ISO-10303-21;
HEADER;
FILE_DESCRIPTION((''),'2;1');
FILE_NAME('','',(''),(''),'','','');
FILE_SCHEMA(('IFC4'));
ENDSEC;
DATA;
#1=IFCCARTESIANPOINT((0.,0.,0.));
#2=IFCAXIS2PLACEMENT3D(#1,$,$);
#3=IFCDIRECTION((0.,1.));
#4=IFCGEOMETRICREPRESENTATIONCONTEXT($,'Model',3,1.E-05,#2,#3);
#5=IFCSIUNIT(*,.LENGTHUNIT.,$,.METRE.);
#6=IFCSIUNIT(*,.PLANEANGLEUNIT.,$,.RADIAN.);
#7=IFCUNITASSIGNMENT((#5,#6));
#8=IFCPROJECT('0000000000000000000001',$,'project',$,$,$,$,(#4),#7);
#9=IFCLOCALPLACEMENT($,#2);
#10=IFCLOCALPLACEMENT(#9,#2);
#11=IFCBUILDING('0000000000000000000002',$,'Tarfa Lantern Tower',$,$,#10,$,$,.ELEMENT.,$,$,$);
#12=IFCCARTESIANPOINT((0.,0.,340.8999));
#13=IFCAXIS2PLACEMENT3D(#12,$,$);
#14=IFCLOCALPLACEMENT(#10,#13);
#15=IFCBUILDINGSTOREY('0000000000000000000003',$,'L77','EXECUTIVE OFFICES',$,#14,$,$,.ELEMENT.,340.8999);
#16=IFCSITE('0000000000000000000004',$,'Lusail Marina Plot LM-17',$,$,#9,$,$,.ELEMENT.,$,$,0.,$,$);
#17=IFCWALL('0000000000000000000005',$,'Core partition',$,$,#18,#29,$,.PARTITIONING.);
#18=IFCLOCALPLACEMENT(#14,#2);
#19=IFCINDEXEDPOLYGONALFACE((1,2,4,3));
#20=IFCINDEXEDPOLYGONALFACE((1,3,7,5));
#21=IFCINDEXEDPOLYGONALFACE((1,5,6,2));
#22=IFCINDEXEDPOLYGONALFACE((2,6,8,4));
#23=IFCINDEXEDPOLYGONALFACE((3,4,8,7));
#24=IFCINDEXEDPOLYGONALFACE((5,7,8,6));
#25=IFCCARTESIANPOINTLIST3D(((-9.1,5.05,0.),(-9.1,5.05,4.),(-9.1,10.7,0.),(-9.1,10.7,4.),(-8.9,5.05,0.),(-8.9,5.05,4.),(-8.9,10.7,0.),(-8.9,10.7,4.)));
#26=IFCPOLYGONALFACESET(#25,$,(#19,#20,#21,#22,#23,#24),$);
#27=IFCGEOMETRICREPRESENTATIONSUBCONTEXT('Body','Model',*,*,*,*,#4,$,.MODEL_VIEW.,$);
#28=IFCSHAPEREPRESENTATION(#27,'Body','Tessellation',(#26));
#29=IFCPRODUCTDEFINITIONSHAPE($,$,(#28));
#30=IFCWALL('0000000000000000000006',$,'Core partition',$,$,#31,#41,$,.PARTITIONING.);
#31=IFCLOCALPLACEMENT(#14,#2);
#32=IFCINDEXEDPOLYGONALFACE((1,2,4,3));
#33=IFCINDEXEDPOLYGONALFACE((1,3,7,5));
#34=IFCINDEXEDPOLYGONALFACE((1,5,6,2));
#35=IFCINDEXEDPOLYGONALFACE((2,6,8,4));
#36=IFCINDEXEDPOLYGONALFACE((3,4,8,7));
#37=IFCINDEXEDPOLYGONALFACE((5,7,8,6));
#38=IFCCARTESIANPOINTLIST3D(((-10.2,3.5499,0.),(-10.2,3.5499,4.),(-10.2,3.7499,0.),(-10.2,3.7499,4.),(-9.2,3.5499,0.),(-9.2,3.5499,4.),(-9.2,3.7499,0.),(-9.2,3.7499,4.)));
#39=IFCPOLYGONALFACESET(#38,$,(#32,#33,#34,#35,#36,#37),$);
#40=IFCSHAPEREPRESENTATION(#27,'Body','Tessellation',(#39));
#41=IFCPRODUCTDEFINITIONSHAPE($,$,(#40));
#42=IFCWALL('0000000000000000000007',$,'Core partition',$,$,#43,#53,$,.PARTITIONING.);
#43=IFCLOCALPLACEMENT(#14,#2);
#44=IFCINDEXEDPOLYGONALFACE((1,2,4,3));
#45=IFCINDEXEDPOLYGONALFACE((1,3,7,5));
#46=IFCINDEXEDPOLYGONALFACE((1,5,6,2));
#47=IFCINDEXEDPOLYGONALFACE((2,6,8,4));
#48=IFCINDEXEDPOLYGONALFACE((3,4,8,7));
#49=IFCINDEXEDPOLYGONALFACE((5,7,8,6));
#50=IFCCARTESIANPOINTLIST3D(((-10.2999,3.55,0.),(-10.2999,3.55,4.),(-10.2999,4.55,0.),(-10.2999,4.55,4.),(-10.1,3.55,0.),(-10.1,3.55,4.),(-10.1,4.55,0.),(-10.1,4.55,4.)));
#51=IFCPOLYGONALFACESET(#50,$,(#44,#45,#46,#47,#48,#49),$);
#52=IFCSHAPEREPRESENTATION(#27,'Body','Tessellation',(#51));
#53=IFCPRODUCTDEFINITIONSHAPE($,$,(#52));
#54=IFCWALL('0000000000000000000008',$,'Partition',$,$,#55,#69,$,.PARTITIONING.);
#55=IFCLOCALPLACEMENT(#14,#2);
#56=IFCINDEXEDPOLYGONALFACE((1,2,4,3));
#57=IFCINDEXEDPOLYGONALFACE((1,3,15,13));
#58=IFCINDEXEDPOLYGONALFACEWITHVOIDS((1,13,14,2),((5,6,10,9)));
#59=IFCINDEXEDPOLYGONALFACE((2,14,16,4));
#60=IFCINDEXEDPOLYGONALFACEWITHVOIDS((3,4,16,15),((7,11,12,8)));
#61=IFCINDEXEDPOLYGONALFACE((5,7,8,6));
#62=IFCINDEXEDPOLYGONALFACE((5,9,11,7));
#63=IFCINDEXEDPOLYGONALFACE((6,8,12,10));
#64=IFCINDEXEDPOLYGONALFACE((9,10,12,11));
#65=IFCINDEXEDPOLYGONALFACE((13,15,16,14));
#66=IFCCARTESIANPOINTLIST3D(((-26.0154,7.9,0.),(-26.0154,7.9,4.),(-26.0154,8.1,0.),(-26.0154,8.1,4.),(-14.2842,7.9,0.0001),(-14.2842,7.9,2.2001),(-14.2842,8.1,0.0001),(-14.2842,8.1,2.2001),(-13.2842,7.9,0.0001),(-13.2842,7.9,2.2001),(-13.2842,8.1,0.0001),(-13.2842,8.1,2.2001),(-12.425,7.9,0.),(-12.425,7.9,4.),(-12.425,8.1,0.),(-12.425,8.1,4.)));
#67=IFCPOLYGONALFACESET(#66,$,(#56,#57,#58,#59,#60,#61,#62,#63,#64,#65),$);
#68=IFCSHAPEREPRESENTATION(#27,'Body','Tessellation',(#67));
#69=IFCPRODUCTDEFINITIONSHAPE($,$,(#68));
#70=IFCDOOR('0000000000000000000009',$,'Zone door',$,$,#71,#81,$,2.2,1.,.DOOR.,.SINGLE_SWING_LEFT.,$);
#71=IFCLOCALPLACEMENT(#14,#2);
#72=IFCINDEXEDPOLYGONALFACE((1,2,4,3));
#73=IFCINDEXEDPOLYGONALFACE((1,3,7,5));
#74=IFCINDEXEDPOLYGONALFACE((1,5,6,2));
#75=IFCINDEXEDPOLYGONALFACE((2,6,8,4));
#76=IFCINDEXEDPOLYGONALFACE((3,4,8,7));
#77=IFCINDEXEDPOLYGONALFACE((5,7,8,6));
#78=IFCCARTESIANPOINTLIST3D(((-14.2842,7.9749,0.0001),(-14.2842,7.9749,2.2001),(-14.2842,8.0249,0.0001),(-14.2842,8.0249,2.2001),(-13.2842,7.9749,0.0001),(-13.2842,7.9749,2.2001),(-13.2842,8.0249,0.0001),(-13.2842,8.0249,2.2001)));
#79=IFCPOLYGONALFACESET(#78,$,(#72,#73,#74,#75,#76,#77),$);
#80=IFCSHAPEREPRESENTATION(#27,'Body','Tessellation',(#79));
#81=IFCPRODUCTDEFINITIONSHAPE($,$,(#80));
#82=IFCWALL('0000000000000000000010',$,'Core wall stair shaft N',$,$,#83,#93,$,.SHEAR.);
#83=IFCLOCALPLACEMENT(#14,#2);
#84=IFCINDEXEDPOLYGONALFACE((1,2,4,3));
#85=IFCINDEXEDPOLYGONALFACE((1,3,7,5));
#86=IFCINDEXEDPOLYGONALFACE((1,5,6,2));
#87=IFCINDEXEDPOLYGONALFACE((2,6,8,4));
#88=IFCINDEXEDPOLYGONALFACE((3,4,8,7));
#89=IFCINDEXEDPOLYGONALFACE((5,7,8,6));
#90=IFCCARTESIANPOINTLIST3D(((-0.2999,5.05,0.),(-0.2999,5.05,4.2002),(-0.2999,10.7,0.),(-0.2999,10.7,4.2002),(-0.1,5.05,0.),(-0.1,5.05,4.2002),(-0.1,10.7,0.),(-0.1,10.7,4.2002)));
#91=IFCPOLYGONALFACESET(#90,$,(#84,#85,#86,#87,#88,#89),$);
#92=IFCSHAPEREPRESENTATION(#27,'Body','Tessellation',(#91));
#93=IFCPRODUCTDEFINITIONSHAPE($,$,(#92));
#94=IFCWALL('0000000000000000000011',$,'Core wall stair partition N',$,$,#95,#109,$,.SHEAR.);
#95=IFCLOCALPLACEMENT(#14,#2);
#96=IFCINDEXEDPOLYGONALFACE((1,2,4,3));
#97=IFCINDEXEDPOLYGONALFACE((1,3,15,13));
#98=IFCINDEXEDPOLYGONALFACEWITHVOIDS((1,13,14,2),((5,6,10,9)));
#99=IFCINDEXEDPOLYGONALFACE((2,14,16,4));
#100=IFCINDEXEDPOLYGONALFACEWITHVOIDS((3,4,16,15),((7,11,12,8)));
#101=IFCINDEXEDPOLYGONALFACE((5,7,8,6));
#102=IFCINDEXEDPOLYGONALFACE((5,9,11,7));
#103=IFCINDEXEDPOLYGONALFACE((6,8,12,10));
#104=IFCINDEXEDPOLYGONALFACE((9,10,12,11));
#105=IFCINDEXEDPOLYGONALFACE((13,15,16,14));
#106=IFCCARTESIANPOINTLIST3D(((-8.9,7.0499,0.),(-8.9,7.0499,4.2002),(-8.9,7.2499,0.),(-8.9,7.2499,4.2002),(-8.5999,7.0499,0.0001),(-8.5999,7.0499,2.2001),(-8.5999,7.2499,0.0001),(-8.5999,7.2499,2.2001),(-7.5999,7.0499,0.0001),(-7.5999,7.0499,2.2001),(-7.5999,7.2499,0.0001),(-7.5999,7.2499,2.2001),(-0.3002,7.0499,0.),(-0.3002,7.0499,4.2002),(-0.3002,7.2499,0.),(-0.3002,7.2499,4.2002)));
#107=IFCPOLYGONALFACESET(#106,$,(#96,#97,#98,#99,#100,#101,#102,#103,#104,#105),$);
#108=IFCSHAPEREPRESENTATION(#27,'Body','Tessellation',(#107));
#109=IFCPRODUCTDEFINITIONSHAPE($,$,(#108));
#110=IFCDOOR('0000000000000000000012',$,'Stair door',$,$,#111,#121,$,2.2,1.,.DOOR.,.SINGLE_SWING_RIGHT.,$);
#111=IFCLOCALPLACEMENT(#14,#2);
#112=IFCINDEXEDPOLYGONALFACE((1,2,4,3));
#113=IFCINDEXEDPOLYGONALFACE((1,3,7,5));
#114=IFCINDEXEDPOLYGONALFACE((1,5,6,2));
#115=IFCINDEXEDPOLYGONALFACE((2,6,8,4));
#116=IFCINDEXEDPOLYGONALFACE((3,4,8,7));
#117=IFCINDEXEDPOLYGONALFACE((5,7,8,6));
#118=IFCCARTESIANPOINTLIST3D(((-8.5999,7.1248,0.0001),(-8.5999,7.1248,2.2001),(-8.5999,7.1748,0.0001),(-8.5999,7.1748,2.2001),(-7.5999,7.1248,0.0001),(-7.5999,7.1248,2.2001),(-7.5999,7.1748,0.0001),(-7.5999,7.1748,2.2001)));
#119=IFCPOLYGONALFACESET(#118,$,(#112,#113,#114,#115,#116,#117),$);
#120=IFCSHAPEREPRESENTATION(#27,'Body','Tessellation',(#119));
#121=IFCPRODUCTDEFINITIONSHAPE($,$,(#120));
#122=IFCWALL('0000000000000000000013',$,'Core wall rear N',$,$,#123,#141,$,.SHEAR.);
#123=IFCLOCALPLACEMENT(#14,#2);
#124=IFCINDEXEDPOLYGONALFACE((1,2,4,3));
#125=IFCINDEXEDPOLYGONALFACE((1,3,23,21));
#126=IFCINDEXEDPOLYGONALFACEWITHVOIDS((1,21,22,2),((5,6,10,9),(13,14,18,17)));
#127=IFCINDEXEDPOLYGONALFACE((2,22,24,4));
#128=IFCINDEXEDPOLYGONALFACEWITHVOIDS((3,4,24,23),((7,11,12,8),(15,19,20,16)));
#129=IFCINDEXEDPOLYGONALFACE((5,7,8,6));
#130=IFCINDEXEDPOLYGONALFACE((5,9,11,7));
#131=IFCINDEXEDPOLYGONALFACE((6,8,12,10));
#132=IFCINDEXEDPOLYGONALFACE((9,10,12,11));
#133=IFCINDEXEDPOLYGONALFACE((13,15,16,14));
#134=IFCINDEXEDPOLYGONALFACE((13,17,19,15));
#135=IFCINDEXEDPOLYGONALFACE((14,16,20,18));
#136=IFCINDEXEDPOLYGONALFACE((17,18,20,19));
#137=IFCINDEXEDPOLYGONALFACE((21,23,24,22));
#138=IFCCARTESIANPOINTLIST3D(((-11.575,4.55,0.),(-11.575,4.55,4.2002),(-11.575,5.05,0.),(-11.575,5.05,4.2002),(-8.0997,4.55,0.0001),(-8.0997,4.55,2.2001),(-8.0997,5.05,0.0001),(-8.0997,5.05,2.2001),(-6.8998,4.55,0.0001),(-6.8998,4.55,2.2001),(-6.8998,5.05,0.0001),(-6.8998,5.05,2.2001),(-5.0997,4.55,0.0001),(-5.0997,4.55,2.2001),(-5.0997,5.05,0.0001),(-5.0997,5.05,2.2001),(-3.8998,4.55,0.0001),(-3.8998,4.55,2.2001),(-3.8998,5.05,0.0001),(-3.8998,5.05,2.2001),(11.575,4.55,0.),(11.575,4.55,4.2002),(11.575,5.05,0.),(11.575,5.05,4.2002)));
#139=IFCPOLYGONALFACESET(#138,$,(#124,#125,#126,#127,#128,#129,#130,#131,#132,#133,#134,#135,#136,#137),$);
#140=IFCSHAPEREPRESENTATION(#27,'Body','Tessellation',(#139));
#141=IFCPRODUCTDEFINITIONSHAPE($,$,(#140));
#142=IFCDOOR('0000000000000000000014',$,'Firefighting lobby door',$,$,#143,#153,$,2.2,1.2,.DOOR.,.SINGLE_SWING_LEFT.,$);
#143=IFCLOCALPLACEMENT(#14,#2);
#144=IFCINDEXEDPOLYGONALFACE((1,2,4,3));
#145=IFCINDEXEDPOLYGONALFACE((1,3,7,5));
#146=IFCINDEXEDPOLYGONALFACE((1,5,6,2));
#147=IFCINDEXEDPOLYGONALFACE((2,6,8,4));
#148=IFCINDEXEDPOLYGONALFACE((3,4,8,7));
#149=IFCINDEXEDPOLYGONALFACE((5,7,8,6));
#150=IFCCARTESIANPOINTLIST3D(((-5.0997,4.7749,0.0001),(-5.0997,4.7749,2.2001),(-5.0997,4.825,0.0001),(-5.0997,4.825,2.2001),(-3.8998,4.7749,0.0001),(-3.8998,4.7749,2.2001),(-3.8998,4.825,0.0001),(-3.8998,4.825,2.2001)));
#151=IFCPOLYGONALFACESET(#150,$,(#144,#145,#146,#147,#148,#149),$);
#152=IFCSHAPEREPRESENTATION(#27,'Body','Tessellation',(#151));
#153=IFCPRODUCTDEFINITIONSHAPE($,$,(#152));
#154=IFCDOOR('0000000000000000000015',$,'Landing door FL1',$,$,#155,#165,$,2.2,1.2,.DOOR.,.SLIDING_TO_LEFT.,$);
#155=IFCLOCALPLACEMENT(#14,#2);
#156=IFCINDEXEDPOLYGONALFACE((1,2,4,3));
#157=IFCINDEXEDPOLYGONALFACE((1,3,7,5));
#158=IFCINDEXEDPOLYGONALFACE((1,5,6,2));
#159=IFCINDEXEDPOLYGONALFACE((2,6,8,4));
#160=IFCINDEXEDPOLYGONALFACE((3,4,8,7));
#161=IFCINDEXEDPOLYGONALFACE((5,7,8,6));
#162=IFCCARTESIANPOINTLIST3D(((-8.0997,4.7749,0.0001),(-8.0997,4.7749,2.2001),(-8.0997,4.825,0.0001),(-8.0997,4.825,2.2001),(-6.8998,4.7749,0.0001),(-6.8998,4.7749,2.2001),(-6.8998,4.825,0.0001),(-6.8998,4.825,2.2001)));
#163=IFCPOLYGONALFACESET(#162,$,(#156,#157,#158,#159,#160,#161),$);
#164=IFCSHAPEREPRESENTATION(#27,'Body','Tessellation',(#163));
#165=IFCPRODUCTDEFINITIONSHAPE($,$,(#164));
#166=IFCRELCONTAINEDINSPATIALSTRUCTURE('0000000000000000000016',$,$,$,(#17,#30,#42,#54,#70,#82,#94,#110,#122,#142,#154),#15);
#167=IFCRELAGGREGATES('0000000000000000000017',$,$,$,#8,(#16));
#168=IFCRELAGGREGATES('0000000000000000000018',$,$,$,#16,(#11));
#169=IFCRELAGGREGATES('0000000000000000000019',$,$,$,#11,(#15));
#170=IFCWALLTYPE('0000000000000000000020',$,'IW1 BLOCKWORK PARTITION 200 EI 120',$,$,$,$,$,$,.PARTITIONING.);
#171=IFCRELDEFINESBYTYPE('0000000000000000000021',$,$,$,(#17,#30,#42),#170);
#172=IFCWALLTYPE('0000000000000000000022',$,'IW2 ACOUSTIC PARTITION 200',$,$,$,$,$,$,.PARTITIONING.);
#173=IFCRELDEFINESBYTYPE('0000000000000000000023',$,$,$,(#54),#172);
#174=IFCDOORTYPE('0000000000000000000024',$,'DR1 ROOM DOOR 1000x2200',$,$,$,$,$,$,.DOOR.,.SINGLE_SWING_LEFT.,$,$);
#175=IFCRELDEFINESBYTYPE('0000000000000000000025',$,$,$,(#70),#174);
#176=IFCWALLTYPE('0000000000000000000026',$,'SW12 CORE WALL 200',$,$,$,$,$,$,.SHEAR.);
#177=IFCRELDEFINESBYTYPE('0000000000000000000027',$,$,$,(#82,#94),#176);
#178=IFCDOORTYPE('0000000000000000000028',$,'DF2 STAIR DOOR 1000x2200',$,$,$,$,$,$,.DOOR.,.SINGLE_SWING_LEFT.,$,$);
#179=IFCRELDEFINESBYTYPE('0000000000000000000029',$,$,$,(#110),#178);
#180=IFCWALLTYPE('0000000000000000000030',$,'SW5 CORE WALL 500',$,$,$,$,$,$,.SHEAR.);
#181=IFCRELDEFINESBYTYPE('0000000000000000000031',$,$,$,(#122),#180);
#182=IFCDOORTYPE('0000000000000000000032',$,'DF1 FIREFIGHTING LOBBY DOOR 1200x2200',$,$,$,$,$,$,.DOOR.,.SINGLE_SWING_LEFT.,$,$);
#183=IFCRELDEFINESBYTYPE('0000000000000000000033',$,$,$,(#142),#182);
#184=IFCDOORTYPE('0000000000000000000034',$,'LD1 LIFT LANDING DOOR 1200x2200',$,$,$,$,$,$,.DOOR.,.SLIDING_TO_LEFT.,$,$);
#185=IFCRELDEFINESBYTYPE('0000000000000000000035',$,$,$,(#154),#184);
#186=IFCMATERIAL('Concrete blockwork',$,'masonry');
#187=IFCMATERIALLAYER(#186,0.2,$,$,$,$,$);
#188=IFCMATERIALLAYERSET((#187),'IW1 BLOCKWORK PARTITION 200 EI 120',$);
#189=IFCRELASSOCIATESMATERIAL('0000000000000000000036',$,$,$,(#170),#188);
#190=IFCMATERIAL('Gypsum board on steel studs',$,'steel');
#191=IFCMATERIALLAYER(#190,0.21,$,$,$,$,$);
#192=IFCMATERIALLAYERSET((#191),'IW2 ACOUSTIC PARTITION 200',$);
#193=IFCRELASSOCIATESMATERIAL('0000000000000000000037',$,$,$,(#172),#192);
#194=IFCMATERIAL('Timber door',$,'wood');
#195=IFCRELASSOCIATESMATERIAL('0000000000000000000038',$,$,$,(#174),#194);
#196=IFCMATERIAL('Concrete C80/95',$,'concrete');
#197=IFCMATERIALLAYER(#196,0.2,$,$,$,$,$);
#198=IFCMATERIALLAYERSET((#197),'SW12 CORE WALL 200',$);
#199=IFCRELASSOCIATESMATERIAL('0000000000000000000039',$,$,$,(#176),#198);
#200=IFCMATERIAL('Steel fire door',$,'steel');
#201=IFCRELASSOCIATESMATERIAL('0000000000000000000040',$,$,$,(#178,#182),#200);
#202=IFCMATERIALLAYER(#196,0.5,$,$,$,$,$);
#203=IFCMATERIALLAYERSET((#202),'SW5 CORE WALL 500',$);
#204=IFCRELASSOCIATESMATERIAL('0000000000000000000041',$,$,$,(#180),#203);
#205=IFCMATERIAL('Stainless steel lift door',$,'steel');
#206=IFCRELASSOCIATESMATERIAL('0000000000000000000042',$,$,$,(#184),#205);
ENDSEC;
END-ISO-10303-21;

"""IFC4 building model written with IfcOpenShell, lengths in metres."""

from ifc_helpers import new_model, si_unit, direction, frame, frame_2d, origin, place, context, subcontext, project, spatial, rectangle, extrude, material, layer, layer_set, type_object, element, fill, save


model = new_model("IFC4")

# Units and contexts
model_context = context("Model", 3, precision=1e-05, world=origin(), true_north=direction((0.0, 1.0)))
body_context = subcontext(model_context, "Body", "Model", "MODEL_VIEW")
ifc_project = project(units=[si_unit("LENGTHUNIT", "METRE"), si_unit("PLANEANGLEUNIT", "RADIAN")], contexts=[model_context])

# Site, building, storey
site_placement = place(None, origin())
site = spatial("IfcSite", under=ifc_project, at=site_placement, Name="Lusail Marina Plot LM-17", CompositionType="ELEMENT", RefElevation=0.0)
building_placement = place(site_placement, origin())
building = spatial("IfcBuilding", under=site, at=building_placement, Name="Tarfa Lantern Tower", CompositionType="ELEMENT")
storey_placement = place(building_placement, frame((0.0, 0.0, 340.8999)))
storey = spatial("IfcBuildingStorey", under=building, at=storey_placement, Name="L77", Description="EXECUTIVE OFFICES", CompositionType="ELEMENT", Elevation=340.8999)

# Walls
ifc_material_1 = material(Name="Concrete blockwork", Category="masonry")
ifc_layer_1 = layer(ifc_material_1, 0.2)
ifc_layer_set_1 = layer_set([ifc_layer_1], Name="IW1 BLOCKWORK PARTITION 200 EI 120")
wall_type_1 = type_object("IfcWallType", Name="IW1 BLOCKWORK PARTITION 200 EI 120", PredefinedType="PARTITIONING", material=ifc_layer_set_1)
wall_1_placement = place(storey_placement, frame((-9.0, 5.05, 0.0), z_axis=(0.0, 0.0, 1.0), x_axis=(0.0, 1.0, 0.0)))
element("IfcWall", 1, at=wall_1_placement, inside=storey, type_object=wall_type_1, Name="Core partition", PredefinedType="PARTITIONING", context=body_context, shape_type="SweptSolid", body=[
    extrude(rectangle(XDim=5.6499, YDim=0.2, at=frame_2d((2.825, 0.0))), origin(), (0.0, 0.0, 1.0), 4.0),
])
for number, where, z_axis, x_axis, name in (
    (2, (-10.2, 3.6499, 0.0), (0.0, 0.0, 1.0), (1.0, 0.0, 0.0), "Core partition"),
    (3, (-10.2, 3.55, 0.0), (0.0, 0.0, 1.0), (0.0, 1.0, 0.0), "Core partition"),
):
    element("IfcWall", number, at=place(storey_placement, frame(where, z_axis=z_axis, x_axis=x_axis)), inside=storey, type_object=wall_type_1, Name=name, PredefinedType="PARTITIONING", context=body_context, shape_type="SweptSolid", body=[
        extrude(rectangle(XDim=1.0, YDim=0.2, at=frame_2d((0.5, 0.0))), origin(), (0.0, 0.0, 1.0), 4.0),
    ])

# Wall, opening, door
ifc_material_2 = material(Name="Gypsum board on steel studs", Category="steel")
ifc_layer_2 = layer(ifc_material_2, 0.21)
ifc_layer_set_2 = layer_set([ifc_layer_2], Name="IW2 ACOUSTIC PARTITION 200")
wall_type_2 = type_object("IfcWallType", Name="IW2 ACOUSTIC PARTITION 200", PredefinedType="PARTITIONING", material=ifc_layer_set_2)
wall_2_placement = place(storey_placement, frame((-12.425, 8.0, 0.0), z_axis=(0.0, 0.0, 1.0), x_axis=(-1.0, 0.0, 0.0)))
wall_2 = element("IfcWall", 4, at=wall_2_placement, inside=storey, type_object=wall_type_2, Name="Partition", PredefinedType="PARTITIONING", context=body_context, shape_type="SweptSolid", body=[
    extrude(rectangle(XDim=13.5903, YDim=0.2, at=frame_2d((6.7952, 0.0))), origin(), (0.0, 0.0, 1.0), 4.0),
])
opening_1_placement = place(wall_2_placement, frame((0.8591, 0.0, 0.0)))
opening_1 = element("IfcOpeningElement", 5, at=opening_1_placement, cuts=wall_2, PredefinedType="OPENING", context=body_context, shape_type="SweptSolid", body=[
    extrude(rectangle(XDim=1.0, YDim=2.2, at=frame_2d((0.5, 1.1001))), frame((0.0, 0.1099, 0.0), z_axis=(0.0, -1.0, 0.0), x_axis=(1.0, 0.0, 0.0)), (0.0, 0.0, 1.0), 0.22),
])
ifc_material_3 = material(Name="Timber door", Category="wood")
door_type_1 = type_object("IfcDoorType", Name="DR1 ROOM DOOR 1000x2200", OperationType="SINGLE_SWING_LEFT", PredefinedType="DOOR", material=ifc_material_3)
door_1_placement = place(opening_1_placement, frame((1.0, 0.0, 0.0), z_axis=(0.0, 0.0, 1.0), x_axis=(-1.0, 0.0, 0.0)))
door_1 = element("IfcDoor", 6, at=door_1_placement, inside=storey, type_object=door_type_1, Name="Zone door", OperationType="SINGLE_SWING_LEFT", OverallHeight=2.2, OverallWidth=1.0, PredefinedType="DOOR", context=body_context, shape_type="SweptSolid", body=[
    extrude(rectangle(XDim=1.0, YDim=2.2, at=frame_2d((0.5, 1.1001))), frame((0.0, 0.0249, 0.0), z_axis=(0.0, -1.0, 0.0), x_axis=(1.0, 0.0, 0.0)), (0.0, 0.0, 1.0), 0.05),
])
fill(opening_1, door_1)

# Wall
ifc_material_4 = material(Name="Concrete C80/95", Category="concrete")
ifc_layer_3 = layer(ifc_material_4, 0.2)
ifc_layer_set_3 = layer_set([ifc_layer_3], Name="SW12 CORE WALL 200")
wall_type_3 = type_object("IfcWallType", Name="SW12 CORE WALL 200", PredefinedType="SHEAR", material=ifc_layer_set_3)
wall_3_placement = place(storey_placement, frame((-0.2, 5.05, 0.0), z_axis=(0.0, 0.0, 1.0), x_axis=(0.0, 1.0, 0.0)))
element("IfcWall", 7, at=wall_3_placement, inside=storey, type_object=wall_type_3, Name="Core wall stair shaft N", PredefinedType="SHEAR", context=body_context, shape_type="SweptSolid", body=[
    extrude(rectangle(XDim=5.6499, YDim=0.2, at=frame_2d((2.825, 0.0))), origin(), (0.0, 0.0, 1.0), 4.2002),
])

# Wall, opening, door
wall_4_placement = place(storey_placement, frame((-8.8999, 7.1499, 0.0), z_axis=(0.0, 0.0, 1.0), x_axis=(1.0, 0.0, 0.0)))
wall_4 = element("IfcWall", 8, at=wall_4_placement, inside=storey, type_object=wall_type_3, Name="Core wall stair partition N", PredefinedType="SHEAR", context=body_context, shape_type="SweptSolid", body=[
    extrude(rectangle(XDim=8.5999, YDim=0.2, at=frame_2d((4.2998, 0.0))), origin(), (0.0, 0.0, 1.0), 4.2002),
])
opening_2_placement = place(wall_4_placement, frame((0.3, 0.0, 0.0)))
opening_2 = element("IfcOpeningElement", 9, at=opening_2_placement, cuts=wall_4, PredefinedType="OPENING", context=body_context, shape_type="SweptSolid", body=[
    extrude(rectangle(XDim=1.0, YDim=2.2, at=frame_2d((0.5, 1.1001))), frame((0.0, 0.1099, 0.0), z_axis=(0.0, -1.0, 0.0), x_axis=(1.0, 0.0, 0.0)), (0.0, 0.0, 1.0), 0.22),
])
ifc_material_5 = material(Name="Steel fire door", Category="steel")
door_type_2 = type_object("IfcDoorType", Name="DF2 STAIR DOOR 1000x2200", OperationType="SINGLE_SWING_LEFT", PredefinedType="DOOR", material=ifc_material_5)
door_2_placement = place(opening_2_placement, origin())
door_2 = element("IfcDoor", 10, at=door_2_placement, inside=storey, type_object=door_type_2, Name="Stair door", OperationType="SINGLE_SWING_RIGHT", OverallHeight=2.2, OverallWidth=1.0, PredefinedType="DOOR", context=body_context, shape_type="SweptSolid", body=[
    extrude(rectangle(XDim=1.0, YDim=2.2, at=frame_2d((0.5, 1.1001))), frame((0.0, 0.0249, 0.0), z_axis=(0.0, -1.0, 0.0), x_axis=(1.0, 0.0, 0.0)), (0.0, 0.0, 1.0), 0.05),
])
fill(opening_2, door_2)

# Wall, openings, doors
ifc_layer_4 = layer(ifc_material_4, 0.5)
ifc_layer_set_4 = layer_set([ifc_layer_4], Name="SW5 CORE WALL 500")
wall_type_4 = type_object("IfcWallType", Name="SW5 CORE WALL 500", PredefinedType="SHEAR", material=ifc_layer_set_4)
wall_5_placement = place(storey_placement, frame((-11.575, 4.8, 0.0), z_axis=(0.0, 0.0, 1.0), x_axis=(1.0, 0.0, 0.0)))
wall_5 = element("IfcWall", 11, at=wall_5_placement, inside=storey, type_object=wall_type_4, Name="Core wall rear N", PredefinedType="SHEAR", context=body_context, shape_type="SweptSolid", body=[
    extrude(rectangle(XDim=23.1499, YDim=0.5, at=frame_2d((11.575, 0.0))), origin(), (0.0, 0.0, 1.0), 4.2002),
])
opening_3_placement = place(wall_5_placement, frame((6.4751, 0.0, 0.0)))
opening_3 = element("IfcOpeningElement", 12, at=opening_3_placement, cuts=wall_5, PredefinedType="OPENING", context=body_context, shape_type="SweptSolid", body=[
    extrude(rectangle(XDim=1.2, YDim=2.2, at=frame_2d((0.6001, 1.1001))), frame((0.0, 0.26, 0.0), z_axis=(0.0, -1.0, 0.0), x_axis=(1.0, 0.0, 0.0)), (0.0, 0.0, 1.0), 0.52),
])
opening_4_placement = place(wall_5_placement, frame((3.4751, 0.0, 0.0)))
opening_4 = element("IfcOpeningElement", 13, at=opening_4_placement, cuts=wall_5, PredefinedType="OPENING", context=body_context, shape_type="SweptSolid", body=[
    extrude(rectangle(XDim=1.2, YDim=2.2, at=frame_2d((0.6001, 1.1001))), frame((0.0, 0.26, 0.0), z_axis=(0.0, -1.0, 0.0), x_axis=(1.0, 0.0, 0.0)), (0.0, 0.0, 1.0), 0.52),
])
door_type_3 = type_object("IfcDoorType", Name="DF1 FIREFIGHTING LOBBY DOOR 1200x2200", OperationType="SINGLE_SWING_LEFT", PredefinedType="DOOR", material=ifc_material_5)
door_3_placement = place(opening_3_placement, origin())
door_3 = element("IfcDoor", 14, at=door_3_placement, inside=storey, type_object=door_type_3, Name="Firefighting lobby door", OperationType="SINGLE_SWING_LEFT", OverallHeight=2.2, OverallWidth=1.2, PredefinedType="DOOR", context=body_context, shape_type="SweptSolid", body=[
    extrude(rectangle(XDim=1.2, YDim=2.2, at=frame_2d((0.6001, 1.1001))), frame((0.0, 0.0249, 0.0), z_axis=(0.0, -1.0, 0.0), x_axis=(1.0, 0.0, 0.0)), (0.0, 0.0, 1.0), 0.05),
])
fill(opening_3, door_3)
ifc_material_6 = material(Name="Stainless steel lift door", Category="steel")
door_type_4 = type_object("IfcDoorType", Name="LD1 LIFT LANDING DOOR 1200x2200", OperationType="SLIDING_TO_LEFT", PredefinedType="DOOR", material=ifc_material_6)
door_4_placement = place(opening_4_placement, origin())
door_4 = element("IfcDoor", 15, at=door_4_placement, inside=storey, type_object=door_type_4, Name="Landing door FL1", OperationType="SLIDING_TO_LEFT", OverallHeight=2.2, OverallWidth=1.2, PredefinedType="DOOR", context=body_context, shape_type="SweptSolid", body=[
    extrude(rectangle(XDim=1.2, YDim=2.2, at=frame_2d((0.6001, 1.1001))), frame((0.0, 0.0249, 0.0), z_axis=(0.0, -1.0, 0.0), x_axis=(1.0, 0.0, 0.0)), (0.0, 0.0, 1.0), 0.05),
])
fill(opening_4, door_4)

save(model, "model.ifc")
